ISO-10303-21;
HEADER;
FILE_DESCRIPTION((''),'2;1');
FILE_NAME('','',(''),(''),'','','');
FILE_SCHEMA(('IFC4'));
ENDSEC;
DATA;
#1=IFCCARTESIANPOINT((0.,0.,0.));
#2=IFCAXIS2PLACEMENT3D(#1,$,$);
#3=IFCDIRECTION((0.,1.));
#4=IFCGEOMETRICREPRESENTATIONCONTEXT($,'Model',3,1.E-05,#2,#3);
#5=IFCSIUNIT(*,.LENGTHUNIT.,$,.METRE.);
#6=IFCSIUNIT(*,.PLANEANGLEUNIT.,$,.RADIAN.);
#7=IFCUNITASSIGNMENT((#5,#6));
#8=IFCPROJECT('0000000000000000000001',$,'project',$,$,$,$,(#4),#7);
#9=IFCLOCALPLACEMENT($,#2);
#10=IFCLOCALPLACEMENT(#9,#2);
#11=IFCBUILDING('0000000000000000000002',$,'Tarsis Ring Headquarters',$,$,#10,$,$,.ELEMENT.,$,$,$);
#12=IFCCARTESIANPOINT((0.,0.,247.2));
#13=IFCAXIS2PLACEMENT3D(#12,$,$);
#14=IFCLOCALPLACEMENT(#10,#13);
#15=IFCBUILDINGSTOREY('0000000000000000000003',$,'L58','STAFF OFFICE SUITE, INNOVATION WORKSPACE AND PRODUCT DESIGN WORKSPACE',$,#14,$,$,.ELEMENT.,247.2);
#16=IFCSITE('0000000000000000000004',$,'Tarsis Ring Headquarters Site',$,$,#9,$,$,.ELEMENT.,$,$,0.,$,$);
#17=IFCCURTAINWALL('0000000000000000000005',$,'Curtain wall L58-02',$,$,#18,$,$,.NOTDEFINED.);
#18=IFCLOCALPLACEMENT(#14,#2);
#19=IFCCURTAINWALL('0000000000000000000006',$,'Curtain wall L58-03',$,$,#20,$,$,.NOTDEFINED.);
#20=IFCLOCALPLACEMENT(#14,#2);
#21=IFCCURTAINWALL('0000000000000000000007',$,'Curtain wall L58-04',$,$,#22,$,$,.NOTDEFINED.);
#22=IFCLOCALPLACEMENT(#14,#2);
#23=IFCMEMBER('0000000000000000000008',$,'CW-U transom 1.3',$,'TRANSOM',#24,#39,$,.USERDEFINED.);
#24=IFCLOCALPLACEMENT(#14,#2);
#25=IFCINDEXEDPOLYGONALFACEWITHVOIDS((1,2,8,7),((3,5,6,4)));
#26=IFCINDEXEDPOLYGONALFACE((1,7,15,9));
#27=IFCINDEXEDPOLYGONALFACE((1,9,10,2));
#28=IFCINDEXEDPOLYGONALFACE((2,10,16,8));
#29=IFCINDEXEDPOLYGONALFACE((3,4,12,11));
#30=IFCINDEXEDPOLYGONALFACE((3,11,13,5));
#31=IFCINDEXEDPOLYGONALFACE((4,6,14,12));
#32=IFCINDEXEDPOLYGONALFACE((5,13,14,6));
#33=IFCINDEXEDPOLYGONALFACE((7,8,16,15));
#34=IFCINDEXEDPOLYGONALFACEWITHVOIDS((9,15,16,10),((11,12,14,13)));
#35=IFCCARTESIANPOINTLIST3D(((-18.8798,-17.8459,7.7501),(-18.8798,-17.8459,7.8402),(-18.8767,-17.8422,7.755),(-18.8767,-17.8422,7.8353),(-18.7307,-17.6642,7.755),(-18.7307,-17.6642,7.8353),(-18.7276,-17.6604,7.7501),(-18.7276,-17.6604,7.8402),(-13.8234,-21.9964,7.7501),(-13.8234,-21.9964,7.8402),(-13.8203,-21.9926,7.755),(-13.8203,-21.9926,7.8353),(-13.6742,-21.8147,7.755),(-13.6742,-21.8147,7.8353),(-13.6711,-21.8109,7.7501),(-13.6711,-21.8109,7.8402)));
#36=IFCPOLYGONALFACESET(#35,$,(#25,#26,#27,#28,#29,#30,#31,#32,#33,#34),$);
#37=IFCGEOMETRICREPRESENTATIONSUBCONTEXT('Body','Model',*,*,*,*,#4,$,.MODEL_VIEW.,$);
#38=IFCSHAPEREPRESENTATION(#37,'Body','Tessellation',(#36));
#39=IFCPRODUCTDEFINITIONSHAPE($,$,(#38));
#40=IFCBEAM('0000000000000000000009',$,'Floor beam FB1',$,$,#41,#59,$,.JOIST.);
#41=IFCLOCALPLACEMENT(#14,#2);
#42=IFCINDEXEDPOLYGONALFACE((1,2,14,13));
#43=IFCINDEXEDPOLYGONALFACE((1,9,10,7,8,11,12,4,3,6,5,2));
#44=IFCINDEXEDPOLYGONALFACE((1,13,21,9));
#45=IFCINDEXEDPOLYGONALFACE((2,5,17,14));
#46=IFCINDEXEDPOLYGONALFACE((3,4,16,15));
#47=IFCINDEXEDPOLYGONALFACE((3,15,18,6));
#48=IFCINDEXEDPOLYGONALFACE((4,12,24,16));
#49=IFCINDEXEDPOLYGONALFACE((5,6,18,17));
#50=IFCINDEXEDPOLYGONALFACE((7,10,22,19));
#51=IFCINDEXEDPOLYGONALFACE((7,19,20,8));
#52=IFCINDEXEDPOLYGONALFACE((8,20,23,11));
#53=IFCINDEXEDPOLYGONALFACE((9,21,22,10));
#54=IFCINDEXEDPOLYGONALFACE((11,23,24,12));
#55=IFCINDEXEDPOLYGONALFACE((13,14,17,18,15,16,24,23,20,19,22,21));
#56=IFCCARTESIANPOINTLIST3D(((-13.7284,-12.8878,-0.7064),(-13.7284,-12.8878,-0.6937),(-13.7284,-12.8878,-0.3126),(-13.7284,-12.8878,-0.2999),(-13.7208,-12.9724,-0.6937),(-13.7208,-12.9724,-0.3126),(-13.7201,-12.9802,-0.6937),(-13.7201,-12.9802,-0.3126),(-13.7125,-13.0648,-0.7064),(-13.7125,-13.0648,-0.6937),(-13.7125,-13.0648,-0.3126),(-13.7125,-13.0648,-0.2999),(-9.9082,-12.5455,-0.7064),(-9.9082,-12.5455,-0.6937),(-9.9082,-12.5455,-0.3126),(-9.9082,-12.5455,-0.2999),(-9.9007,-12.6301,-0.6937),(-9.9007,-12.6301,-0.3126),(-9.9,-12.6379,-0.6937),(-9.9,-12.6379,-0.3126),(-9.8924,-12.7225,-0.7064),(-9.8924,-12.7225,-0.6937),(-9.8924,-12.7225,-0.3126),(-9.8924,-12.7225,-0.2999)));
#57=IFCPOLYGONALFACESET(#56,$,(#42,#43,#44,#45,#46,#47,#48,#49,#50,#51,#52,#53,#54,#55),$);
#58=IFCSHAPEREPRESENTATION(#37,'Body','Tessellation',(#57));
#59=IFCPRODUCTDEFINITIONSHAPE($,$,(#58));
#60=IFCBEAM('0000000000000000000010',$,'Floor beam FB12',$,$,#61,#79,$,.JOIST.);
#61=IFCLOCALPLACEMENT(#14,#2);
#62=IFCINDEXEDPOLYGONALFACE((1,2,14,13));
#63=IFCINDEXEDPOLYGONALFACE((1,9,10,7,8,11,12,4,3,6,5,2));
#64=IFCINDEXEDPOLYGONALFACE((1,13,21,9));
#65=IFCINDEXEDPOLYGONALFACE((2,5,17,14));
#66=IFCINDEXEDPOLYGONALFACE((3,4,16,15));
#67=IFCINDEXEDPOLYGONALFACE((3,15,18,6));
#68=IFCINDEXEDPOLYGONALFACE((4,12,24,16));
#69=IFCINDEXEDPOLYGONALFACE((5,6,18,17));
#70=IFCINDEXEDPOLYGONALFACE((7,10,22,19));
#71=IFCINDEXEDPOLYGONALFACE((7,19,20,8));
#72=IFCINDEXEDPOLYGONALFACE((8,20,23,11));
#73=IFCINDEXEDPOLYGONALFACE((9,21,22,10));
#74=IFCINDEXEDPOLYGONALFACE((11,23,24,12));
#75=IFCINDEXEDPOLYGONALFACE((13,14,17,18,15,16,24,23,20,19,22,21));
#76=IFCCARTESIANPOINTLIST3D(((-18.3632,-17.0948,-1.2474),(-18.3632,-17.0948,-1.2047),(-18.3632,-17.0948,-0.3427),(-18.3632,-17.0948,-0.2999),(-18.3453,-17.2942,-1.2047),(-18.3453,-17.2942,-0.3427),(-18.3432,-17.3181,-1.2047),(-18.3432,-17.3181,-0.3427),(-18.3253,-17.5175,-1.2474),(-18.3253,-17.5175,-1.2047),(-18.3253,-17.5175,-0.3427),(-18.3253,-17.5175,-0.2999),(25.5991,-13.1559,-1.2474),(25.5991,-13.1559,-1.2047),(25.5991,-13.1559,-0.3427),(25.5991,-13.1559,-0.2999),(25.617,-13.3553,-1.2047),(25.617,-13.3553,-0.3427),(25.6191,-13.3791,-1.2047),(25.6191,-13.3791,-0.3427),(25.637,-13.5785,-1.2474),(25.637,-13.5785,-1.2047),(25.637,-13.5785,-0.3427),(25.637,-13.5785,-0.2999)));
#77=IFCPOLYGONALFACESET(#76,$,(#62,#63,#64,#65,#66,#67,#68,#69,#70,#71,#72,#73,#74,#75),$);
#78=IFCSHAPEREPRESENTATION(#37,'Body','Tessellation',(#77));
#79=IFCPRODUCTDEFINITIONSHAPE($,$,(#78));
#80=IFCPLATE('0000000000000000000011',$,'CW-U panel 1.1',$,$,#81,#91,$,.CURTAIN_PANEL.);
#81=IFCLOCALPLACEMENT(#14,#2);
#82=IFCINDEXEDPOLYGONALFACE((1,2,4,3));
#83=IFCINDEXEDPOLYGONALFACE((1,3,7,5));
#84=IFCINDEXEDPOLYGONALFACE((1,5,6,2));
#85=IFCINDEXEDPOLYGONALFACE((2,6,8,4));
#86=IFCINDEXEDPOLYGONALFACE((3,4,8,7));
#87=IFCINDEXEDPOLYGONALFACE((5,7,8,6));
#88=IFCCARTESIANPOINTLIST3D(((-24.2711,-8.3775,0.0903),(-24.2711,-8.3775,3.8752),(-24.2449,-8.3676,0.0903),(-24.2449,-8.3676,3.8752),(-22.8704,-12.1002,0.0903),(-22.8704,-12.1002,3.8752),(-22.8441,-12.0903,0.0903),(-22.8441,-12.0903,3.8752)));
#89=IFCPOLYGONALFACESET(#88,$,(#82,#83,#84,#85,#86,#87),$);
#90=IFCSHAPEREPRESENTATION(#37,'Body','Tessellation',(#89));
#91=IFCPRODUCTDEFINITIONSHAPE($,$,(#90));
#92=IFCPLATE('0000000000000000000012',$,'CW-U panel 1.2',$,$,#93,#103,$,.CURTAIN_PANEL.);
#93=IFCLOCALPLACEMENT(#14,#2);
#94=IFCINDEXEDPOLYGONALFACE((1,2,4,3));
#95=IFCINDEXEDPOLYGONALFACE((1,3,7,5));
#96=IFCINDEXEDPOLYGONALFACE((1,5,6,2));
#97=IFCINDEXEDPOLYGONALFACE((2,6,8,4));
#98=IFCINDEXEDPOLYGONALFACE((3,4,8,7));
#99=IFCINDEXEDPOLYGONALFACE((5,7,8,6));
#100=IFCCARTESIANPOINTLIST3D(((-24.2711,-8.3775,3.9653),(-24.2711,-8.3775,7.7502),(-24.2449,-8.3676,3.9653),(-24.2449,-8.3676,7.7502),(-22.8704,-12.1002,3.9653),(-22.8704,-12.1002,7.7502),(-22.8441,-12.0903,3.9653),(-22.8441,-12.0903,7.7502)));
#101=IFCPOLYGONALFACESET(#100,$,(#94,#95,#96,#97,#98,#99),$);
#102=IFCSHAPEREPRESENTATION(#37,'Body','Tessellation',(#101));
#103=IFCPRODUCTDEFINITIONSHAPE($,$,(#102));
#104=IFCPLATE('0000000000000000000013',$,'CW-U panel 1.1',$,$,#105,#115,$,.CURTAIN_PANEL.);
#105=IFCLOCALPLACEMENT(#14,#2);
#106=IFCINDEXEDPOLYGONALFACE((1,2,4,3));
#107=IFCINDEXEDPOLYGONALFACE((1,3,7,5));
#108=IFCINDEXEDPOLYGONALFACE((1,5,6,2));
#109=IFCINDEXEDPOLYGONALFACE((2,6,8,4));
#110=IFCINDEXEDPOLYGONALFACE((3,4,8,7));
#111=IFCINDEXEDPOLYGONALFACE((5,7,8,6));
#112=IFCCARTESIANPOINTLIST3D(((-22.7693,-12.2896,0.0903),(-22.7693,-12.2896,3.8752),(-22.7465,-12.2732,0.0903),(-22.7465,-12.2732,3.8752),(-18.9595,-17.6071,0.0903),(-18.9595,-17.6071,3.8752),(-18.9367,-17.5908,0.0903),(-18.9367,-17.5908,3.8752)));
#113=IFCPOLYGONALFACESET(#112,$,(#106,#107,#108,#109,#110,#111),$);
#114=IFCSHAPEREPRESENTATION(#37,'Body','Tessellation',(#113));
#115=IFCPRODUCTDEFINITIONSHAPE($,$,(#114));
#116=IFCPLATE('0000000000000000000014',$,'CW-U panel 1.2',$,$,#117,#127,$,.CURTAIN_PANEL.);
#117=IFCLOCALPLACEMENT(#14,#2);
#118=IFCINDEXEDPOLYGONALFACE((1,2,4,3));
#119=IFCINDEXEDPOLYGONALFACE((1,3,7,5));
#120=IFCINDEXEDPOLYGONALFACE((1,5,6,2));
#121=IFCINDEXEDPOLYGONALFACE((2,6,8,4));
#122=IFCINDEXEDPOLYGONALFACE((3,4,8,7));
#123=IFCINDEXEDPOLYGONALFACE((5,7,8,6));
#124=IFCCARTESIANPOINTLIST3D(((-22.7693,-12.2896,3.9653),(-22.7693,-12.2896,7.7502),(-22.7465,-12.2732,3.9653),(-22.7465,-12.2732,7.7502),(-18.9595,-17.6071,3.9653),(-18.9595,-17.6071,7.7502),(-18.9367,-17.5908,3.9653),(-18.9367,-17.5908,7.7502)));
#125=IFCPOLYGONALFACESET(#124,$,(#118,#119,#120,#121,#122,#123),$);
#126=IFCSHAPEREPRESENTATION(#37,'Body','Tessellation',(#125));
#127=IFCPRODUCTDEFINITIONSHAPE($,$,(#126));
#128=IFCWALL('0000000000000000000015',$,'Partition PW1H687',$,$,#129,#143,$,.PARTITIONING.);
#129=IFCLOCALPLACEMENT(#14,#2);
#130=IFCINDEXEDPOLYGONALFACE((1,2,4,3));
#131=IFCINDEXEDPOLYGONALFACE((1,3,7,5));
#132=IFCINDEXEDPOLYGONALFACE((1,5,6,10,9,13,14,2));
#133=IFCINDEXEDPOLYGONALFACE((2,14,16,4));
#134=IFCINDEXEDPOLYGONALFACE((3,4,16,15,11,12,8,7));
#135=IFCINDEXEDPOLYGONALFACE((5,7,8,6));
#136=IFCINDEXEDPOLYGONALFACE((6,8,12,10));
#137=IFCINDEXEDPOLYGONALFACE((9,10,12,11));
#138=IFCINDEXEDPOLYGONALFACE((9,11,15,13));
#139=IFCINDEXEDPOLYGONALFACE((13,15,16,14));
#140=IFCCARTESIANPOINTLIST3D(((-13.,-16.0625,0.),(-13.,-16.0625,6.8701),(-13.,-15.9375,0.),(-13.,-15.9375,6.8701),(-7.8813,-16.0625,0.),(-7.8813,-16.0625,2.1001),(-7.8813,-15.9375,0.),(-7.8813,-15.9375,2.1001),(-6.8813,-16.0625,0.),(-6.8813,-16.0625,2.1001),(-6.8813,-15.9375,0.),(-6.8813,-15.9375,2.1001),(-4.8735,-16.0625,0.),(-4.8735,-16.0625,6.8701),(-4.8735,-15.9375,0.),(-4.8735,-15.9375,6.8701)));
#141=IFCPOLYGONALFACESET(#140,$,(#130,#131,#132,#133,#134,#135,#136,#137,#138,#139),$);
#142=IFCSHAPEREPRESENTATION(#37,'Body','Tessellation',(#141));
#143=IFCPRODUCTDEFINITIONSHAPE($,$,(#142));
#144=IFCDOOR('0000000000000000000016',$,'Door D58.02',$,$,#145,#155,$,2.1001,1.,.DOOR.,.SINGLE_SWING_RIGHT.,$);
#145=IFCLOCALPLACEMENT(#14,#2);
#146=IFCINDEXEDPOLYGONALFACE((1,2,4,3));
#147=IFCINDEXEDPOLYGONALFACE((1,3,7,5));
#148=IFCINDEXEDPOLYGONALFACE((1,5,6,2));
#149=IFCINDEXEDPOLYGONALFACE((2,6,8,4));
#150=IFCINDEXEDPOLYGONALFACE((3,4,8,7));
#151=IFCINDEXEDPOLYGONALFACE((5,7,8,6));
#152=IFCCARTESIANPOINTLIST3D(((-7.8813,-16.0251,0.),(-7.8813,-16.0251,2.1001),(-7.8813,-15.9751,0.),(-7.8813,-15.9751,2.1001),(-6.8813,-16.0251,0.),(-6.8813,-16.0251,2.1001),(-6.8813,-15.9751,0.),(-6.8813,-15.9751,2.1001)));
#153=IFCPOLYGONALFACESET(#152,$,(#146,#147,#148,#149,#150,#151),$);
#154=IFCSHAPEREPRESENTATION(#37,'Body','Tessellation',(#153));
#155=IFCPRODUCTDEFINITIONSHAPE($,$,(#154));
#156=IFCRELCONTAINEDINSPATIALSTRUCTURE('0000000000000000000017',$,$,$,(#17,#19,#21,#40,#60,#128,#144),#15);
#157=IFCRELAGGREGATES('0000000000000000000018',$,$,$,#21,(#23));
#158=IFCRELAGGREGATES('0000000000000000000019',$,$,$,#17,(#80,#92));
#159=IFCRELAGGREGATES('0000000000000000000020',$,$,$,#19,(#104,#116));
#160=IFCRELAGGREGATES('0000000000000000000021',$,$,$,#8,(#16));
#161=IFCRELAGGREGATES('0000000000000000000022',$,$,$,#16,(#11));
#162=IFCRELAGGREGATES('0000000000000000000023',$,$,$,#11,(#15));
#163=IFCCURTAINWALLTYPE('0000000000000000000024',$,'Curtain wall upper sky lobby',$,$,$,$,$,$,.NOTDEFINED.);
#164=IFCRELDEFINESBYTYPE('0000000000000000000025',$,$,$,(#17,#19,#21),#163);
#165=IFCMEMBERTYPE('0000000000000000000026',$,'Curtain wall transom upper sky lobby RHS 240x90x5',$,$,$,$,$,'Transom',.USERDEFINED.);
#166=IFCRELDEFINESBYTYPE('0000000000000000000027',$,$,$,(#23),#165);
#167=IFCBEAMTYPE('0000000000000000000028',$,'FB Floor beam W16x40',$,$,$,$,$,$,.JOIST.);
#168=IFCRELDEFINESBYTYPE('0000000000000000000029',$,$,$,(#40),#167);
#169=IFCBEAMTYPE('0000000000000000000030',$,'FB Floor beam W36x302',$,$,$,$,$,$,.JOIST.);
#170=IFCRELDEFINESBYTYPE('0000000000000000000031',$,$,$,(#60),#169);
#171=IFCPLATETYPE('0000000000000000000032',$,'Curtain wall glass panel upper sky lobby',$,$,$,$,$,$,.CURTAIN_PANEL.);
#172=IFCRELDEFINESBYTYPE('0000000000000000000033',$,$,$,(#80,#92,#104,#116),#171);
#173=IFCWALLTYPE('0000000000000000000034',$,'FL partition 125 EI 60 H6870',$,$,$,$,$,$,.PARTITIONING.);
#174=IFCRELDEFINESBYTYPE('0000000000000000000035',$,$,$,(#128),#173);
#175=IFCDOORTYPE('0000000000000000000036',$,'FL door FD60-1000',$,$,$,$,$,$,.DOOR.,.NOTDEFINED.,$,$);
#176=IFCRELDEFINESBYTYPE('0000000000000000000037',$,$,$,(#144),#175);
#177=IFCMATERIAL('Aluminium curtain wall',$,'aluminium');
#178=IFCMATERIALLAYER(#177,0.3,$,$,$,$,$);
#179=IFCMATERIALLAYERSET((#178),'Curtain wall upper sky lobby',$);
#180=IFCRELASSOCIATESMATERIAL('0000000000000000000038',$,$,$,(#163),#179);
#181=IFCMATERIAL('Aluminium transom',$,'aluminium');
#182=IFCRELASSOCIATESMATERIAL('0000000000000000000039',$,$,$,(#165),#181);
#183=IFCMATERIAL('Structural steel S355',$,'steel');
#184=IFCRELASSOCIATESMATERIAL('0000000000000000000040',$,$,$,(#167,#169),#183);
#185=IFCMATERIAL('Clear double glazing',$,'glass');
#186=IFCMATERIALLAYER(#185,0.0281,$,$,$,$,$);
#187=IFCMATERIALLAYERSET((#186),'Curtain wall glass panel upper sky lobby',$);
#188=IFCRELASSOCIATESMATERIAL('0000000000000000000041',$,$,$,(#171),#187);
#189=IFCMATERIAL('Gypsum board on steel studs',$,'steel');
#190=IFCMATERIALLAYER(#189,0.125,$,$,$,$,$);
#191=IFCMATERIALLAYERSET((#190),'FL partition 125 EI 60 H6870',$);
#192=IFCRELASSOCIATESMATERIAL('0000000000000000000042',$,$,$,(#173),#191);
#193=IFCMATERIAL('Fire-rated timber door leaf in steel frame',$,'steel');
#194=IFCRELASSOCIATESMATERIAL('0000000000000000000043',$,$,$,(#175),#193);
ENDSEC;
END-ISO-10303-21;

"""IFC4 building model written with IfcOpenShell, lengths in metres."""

from ifc_helpers import new_model, si_unit, direction, frame, frame_2d, origin, origin_2d, place, context, subcontext, project, spatial, rectangle, hollow_rectangle, i_section, extrude, material, layer, layer_set, material_profile, profile_set, type_object, element, fill, aggregate, save


model = new_model("IFC4")

# Units and contexts
model_context = context("Model", 3, precision=1e-05, world=origin(), true_north=direction((0.0, 1.0)))
body_context = subcontext(model_context, "Body", "Model", "MODEL_VIEW")
ifc_project = project(units=[si_unit("LENGTHUNIT", "METRE"), si_unit("PLANEANGLEUNIT", "RADIAN")], contexts=[model_context])

# Site, building, storey
site_placement = place(None, origin())
site = spatial("IfcSite", under=ifc_project, at=site_placement, Name="Tarsis Ring Headquarters Site", CompositionType="ELEMENT", RefElevation=0.0)
building_placement = place(site_placement, origin())
building = spatial("IfcBuilding", under=site, at=building_placement, Name="Tarsis Ring Headquarters", CompositionType="ELEMENT")
storey_placement = place(building_placement, frame((0.0, 0.0, 247.2)))
storey = spatial("IfcBuildingStorey", under=building, at=storey_placement, Name="L58", Description="STAFF OFFICE SUITE, INNOVATION WORKSPACE AND PRODUCT DESIGN WORKSPACE", CompositionType="ELEMENT", Elevation=247.2)

# Curtain walls
ifc_material_1 = material(Name="Aluminium curtain wall", Category="aluminium")
ifc_layer_1 = layer(ifc_material_1, 0.3)
ifc_layer_set_1 = layer_set([ifc_layer_1], Name="Curtain wall upper sky lobby")
curtain_wall_type = type_object("IfcCurtainWallType", Name="Curtain wall upper sky lobby", PredefinedType="NOTDEFINED", material=ifc_layer_set_1)
curtain_wall_1_placement = place(storey_placement, origin())
curtain_wall_1 = element("IfcCurtainWall", 1, at=curtain_wall_1_placement, inside=storey, type_object=curtain_wall_type, Name="Curtain wall L58-02", PredefinedType="NOTDEFINED")
curtain_wall_2_placement = place(storey_placement, origin())
curtain_wall_2 = element("IfcCurtainWall", 2, at=curtain_wall_2_placement, inside=storey, type_object=curtain_wall_type, Name="Curtain wall L58-03", PredefinedType="NOTDEFINED")

# Curtain wall
curtain_wall_3_placement = place(storey_placement, origin())
curtain_wall_3 = element("IfcCurtainWall", 3, at=curtain_wall_3_placement, inside=storey, type_object=curtain_wall_type, Name="Curtain wall L58-04", PredefinedType="NOTDEFINED")

# Member
ifc_material_2 = material(Name="Aluminium transom", Category="aluminium")
ifc_material_profile_1 = material_profile(ifc_material_2, hollow_rectangle(XDim=0.24, YDim=0.0901, WallThickness=0.0049, at=origin_2d()), Name="RHS 240x90x5")
ifc_profile_set_1 = profile_set([ifc_material_profile_1], Name="Aluminium transom")
member_type_1 = type_object("IfcMemberType", Name="Curtain wall transom upper sky lobby RHS 240x90x5", ElementType="Transom", PredefinedType="USERDEFINED", material=ifc_profile_set_1)
member_1_placement = place(storey_placement, frame((-18.8037, -17.7532, 7.7952), z_axis=(0.772957, -0.634458, 0.0), x_axis=(0.634458, 0.772957, 0.0)))
member_1 = element("IfcMember", 4, at=member_1_placement, type_object=member_type_1, Name="CW-U transom 1.3", ObjectType="TRANSOM", PredefinedType="USERDEFINED", context=body_context, shape_type="SweptSolid", body=[
    extrude(hollow_rectangle(XDim=0.24, YDim=0.0901, WallThickness=0.0049, at=origin_2d()), origin(), (0.0, 0.0, 1.0), 6.5417),
])
aggregate(curtain_wall_3, [member_1])

# Beams
ifc_material_3 = material(Name="Structural steel S355", Category="steel")
ifc_material_profile_2 = material_profile(ifc_material_3, i_section(OverallWidth=0.1777, OverallDepth=0.4065, WebThickness=0.0078, FlangeThickness=0.0127, at=origin_2d()), Name="W16x40")
ifc_profile_set_2 = profile_set([ifc_material_profile_2], Name="Structural steel S355")
beam_type_1 = type_object("IfcBeamType", Name="FB Floor beam W16x40", PredefinedType="JOIST", material=ifc_profile_set_2)
beam_1_placement = place(storey_placement, frame((-13.7205, -12.9763, -0.5032), z_axis=(0.99601, 0.089244, 0.0), x_axis=(-0.089244, 0.99601, 0.0)))
element("IfcBeam", 5, at=beam_1_placement, inside=storey, type_object=beam_type_1, Name="Floor beam FB1", PredefinedType="JOIST", context=body_context, shape_type="SweptSolid", body=[
    extrude(i_section(OverallWidth=0.1777, OverallDepth=0.4065, WebThickness=0.0078, FlangeThickness=0.0127, at=origin_2d()), origin(), (0.0, 0.0, 1.0), 3.8354),
])
ifc_material_profile_3 = material_profile(ifc_material_3, i_section(OverallWidth=0.4243, OverallDepth=0.9475, WebThickness=0.0239, FlangeThickness=0.0427, at=origin_2d()), Name="W36x302")
ifc_profile_set_3 = profile_set([ifc_material_profile_3], Name="Structural steel S355")
beam_type_2 = type_object("IfcBeamType", Name="FB Floor beam W36x302", PredefinedType="JOIST", material=ifc_profile_set_3)
beam_2_placement = place(storey_placement, frame((-18.3442, -17.3062, -0.7737), z_axis=(0.99601, 0.089241, 0.0), x_axis=(-0.089241, 0.99601, 0.0)))
element("IfcBeam", 6, at=beam_2_placement, inside=storey, type_object=beam_type_2, Name="Floor beam FB12", PredefinedType="JOIST", context=body_context, shape_type="SweptSolid", body=[
    extrude(i_section(OverallWidth=0.4243, OverallDepth=0.9475, WebThickness=0.0239, FlangeThickness=0.0427, at=origin_2d()), origin(), (0.0, 0.0, 1.0), 44.1384),
])

# Plates
ifc_material_4 = material(Name="Clear double glazing", Category="glass")
ifc_layer_2 = layer(ifc_material_4, 0.0281)
ifc_layer_set_2 = layer_set([ifc_layer_2], Name="Curtain wall glass panel upper sky lobby")
plate_type = type_object("IfcPlateType", Name="Curtain wall glass panel upper sky lobby", PredefinedType="CURTAIN_PANEL", material=ifc_layer_set_2)
plate_1_placement = place(storey_placement, frame((-23.5576, -10.2339, 0.0903), z_axis=(0.0, 0.0, 1.0), x_axis=(0.352169, -0.935937, 0.0)))
plate_1 = element("IfcPlate", 7, at=plate_1_placement, type_object=plate_type, Name="CW-U panel 1.1", PredefinedType="CURTAIN_PANEL", context=body_context, shape_type="SweptSolid", body=[
    extrude(rectangle(XDim=3.9775, YDim=0.0281, at=origin_2d()), origin(), (0.0, 0.0, 1.0), 3.7849),
])
plate_2_placement = place(storey_placement, frame((-23.5576, -10.2339, 3.9653), z_axis=(0.0, 0.0, 1.0), x_axis=(0.352169, -0.935937, 0.0)))
plate_2 = element("IfcPlate", 8, at=plate_2_placement, type_object=plate_type, Name="CW-U panel 1.2", PredefinedType="CURTAIN_PANEL", context=body_context, shape_type="SweptSolid", body=[
    extrude(rectangle(XDim=3.9775, YDim=0.0281, at=origin_2d()), origin(), (0.0, 0.0, 1.0), 3.7849),
])
aggregate(curtain_wall_1, [plate_1, plate_2])
plate_3_placement = place(storey_placement, frame((-20.853, -14.9402, 0.0903), z_axis=(0.0, 0.0, 1.0), x_axis=(0.582407, -0.812898, 0.0)))
plate_3 = element("IfcPlate", 9, at=plate_3_placement, type_object=plate_type, Name="CW-U panel 1.1", PredefinedType="CURTAIN_PANEL", context=body_context, shape_type="SweptSolid", body=[
    extrude(rectangle(XDim=6.5415, YDim=0.0281, at=origin_2d()), origin(), (0.0, 0.0, 1.0), 3.7849),
])
plate_4_placement = place(storey_placement, frame((-20.853, -14.9402, 3.9653), z_axis=(0.0, 0.0, 1.0), x_axis=(0.582407, -0.812898, 0.0)))
plate_4 = element("IfcPlate", 10, at=plate_4_placement, type_object=plate_type, Name="CW-U panel 1.2", PredefinedType="CURTAIN_PANEL", context=body_context, shape_type="SweptSolid", body=[
    extrude(rectangle(XDim=6.5415, YDim=0.0281, at=origin_2d()), origin(), (0.0, 0.0, 1.0), 3.7849),
])
aggregate(curtain_wall_2, [plate_3, plate_4])

# Wall, opening, door
ifc_material_5 = material(Name="Gypsum board on steel studs", Category="steel")
ifc_layer_3 = layer(ifc_material_5, 0.125)
ifc_layer_set_3 = layer_set([ifc_layer_3], Name="FL partition 125 EI 60 H6870")
wall_type = type_object("IfcWallType", Name="FL partition 125 EI 60 H6870", PredefinedType="PARTITIONING", material=ifc_layer_set_3)
wall_1_placement = place(storey_placement, frame((-13.0, -16.0, 0.0), z_axis=(0.0, 0.0, 1.0), x_axis=(1.0, 0.0, 0.0)))
wall_1 = element("IfcWall", 11, at=wall_1_placement, inside=storey, type_object=wall_type, Name="Partition PW1H687", PredefinedType="PARTITIONING", context=body_context, shape_type="SweptSolid", body=[
    extrude(rectangle(XDim=8.1265, YDim=0.125, at=frame_2d((4.0632, 0.0))), origin(), (0.0, 0.0, 1.0), 6.8701),
])
opening_1_placement = place(wall_1_placement, frame((5.1187, 0.0, 0.0)))
opening_1 = element("IfcOpeningElement", 12, at=opening_1_placement, cuts=wall_1, PredefinedType="OPENING", context=body_context, shape_type="SweptSolid", body=[
    extrude(rectangle(XDim=1.0, YDim=2.1001, at=frame_2d((0.5, 1.05))), frame((0.0, 0.0725, 0.0), z_axis=(0.0, -1.0, 0.0), x_axis=(1.0, 0.0, 0.0)), (0.0, 0.0, 1.0), 0.145),
])
ifc_material_6 = material(Name="Fire-rated timber door leaf in steel frame", Category="steel")
door_type_1 = type_object("IfcDoorType", Name="FL door FD60-1000", OperationType="NOTDEFINED", PredefinedType="DOOR", material=ifc_material_6)
door_1_placement = place(opening_1_placement, origin())
door_1 = element("IfcDoor", 13, at=door_1_placement, inside=storey, type_object=door_type_1, Name="Door D58.02", OperationType="SINGLE_SWING_RIGHT", OverallHeight=2.1001, OverallWidth=1.0, PredefinedType="DOOR", context=body_context, shape_type="SweptSolid", body=[
    extrude(rectangle(XDim=1.0, YDim=2.1001, at=frame_2d((0.5, 1.05))), frame((0.0, 0.0249, 0.0), z_axis=(0.0, -1.0, 0.0), x_axis=(1.0, 0.0, 0.0)), (0.0, 0.0, 1.0), 0.05),
])
fill(opening_1, door_1)

save(model, "model.ifc")
